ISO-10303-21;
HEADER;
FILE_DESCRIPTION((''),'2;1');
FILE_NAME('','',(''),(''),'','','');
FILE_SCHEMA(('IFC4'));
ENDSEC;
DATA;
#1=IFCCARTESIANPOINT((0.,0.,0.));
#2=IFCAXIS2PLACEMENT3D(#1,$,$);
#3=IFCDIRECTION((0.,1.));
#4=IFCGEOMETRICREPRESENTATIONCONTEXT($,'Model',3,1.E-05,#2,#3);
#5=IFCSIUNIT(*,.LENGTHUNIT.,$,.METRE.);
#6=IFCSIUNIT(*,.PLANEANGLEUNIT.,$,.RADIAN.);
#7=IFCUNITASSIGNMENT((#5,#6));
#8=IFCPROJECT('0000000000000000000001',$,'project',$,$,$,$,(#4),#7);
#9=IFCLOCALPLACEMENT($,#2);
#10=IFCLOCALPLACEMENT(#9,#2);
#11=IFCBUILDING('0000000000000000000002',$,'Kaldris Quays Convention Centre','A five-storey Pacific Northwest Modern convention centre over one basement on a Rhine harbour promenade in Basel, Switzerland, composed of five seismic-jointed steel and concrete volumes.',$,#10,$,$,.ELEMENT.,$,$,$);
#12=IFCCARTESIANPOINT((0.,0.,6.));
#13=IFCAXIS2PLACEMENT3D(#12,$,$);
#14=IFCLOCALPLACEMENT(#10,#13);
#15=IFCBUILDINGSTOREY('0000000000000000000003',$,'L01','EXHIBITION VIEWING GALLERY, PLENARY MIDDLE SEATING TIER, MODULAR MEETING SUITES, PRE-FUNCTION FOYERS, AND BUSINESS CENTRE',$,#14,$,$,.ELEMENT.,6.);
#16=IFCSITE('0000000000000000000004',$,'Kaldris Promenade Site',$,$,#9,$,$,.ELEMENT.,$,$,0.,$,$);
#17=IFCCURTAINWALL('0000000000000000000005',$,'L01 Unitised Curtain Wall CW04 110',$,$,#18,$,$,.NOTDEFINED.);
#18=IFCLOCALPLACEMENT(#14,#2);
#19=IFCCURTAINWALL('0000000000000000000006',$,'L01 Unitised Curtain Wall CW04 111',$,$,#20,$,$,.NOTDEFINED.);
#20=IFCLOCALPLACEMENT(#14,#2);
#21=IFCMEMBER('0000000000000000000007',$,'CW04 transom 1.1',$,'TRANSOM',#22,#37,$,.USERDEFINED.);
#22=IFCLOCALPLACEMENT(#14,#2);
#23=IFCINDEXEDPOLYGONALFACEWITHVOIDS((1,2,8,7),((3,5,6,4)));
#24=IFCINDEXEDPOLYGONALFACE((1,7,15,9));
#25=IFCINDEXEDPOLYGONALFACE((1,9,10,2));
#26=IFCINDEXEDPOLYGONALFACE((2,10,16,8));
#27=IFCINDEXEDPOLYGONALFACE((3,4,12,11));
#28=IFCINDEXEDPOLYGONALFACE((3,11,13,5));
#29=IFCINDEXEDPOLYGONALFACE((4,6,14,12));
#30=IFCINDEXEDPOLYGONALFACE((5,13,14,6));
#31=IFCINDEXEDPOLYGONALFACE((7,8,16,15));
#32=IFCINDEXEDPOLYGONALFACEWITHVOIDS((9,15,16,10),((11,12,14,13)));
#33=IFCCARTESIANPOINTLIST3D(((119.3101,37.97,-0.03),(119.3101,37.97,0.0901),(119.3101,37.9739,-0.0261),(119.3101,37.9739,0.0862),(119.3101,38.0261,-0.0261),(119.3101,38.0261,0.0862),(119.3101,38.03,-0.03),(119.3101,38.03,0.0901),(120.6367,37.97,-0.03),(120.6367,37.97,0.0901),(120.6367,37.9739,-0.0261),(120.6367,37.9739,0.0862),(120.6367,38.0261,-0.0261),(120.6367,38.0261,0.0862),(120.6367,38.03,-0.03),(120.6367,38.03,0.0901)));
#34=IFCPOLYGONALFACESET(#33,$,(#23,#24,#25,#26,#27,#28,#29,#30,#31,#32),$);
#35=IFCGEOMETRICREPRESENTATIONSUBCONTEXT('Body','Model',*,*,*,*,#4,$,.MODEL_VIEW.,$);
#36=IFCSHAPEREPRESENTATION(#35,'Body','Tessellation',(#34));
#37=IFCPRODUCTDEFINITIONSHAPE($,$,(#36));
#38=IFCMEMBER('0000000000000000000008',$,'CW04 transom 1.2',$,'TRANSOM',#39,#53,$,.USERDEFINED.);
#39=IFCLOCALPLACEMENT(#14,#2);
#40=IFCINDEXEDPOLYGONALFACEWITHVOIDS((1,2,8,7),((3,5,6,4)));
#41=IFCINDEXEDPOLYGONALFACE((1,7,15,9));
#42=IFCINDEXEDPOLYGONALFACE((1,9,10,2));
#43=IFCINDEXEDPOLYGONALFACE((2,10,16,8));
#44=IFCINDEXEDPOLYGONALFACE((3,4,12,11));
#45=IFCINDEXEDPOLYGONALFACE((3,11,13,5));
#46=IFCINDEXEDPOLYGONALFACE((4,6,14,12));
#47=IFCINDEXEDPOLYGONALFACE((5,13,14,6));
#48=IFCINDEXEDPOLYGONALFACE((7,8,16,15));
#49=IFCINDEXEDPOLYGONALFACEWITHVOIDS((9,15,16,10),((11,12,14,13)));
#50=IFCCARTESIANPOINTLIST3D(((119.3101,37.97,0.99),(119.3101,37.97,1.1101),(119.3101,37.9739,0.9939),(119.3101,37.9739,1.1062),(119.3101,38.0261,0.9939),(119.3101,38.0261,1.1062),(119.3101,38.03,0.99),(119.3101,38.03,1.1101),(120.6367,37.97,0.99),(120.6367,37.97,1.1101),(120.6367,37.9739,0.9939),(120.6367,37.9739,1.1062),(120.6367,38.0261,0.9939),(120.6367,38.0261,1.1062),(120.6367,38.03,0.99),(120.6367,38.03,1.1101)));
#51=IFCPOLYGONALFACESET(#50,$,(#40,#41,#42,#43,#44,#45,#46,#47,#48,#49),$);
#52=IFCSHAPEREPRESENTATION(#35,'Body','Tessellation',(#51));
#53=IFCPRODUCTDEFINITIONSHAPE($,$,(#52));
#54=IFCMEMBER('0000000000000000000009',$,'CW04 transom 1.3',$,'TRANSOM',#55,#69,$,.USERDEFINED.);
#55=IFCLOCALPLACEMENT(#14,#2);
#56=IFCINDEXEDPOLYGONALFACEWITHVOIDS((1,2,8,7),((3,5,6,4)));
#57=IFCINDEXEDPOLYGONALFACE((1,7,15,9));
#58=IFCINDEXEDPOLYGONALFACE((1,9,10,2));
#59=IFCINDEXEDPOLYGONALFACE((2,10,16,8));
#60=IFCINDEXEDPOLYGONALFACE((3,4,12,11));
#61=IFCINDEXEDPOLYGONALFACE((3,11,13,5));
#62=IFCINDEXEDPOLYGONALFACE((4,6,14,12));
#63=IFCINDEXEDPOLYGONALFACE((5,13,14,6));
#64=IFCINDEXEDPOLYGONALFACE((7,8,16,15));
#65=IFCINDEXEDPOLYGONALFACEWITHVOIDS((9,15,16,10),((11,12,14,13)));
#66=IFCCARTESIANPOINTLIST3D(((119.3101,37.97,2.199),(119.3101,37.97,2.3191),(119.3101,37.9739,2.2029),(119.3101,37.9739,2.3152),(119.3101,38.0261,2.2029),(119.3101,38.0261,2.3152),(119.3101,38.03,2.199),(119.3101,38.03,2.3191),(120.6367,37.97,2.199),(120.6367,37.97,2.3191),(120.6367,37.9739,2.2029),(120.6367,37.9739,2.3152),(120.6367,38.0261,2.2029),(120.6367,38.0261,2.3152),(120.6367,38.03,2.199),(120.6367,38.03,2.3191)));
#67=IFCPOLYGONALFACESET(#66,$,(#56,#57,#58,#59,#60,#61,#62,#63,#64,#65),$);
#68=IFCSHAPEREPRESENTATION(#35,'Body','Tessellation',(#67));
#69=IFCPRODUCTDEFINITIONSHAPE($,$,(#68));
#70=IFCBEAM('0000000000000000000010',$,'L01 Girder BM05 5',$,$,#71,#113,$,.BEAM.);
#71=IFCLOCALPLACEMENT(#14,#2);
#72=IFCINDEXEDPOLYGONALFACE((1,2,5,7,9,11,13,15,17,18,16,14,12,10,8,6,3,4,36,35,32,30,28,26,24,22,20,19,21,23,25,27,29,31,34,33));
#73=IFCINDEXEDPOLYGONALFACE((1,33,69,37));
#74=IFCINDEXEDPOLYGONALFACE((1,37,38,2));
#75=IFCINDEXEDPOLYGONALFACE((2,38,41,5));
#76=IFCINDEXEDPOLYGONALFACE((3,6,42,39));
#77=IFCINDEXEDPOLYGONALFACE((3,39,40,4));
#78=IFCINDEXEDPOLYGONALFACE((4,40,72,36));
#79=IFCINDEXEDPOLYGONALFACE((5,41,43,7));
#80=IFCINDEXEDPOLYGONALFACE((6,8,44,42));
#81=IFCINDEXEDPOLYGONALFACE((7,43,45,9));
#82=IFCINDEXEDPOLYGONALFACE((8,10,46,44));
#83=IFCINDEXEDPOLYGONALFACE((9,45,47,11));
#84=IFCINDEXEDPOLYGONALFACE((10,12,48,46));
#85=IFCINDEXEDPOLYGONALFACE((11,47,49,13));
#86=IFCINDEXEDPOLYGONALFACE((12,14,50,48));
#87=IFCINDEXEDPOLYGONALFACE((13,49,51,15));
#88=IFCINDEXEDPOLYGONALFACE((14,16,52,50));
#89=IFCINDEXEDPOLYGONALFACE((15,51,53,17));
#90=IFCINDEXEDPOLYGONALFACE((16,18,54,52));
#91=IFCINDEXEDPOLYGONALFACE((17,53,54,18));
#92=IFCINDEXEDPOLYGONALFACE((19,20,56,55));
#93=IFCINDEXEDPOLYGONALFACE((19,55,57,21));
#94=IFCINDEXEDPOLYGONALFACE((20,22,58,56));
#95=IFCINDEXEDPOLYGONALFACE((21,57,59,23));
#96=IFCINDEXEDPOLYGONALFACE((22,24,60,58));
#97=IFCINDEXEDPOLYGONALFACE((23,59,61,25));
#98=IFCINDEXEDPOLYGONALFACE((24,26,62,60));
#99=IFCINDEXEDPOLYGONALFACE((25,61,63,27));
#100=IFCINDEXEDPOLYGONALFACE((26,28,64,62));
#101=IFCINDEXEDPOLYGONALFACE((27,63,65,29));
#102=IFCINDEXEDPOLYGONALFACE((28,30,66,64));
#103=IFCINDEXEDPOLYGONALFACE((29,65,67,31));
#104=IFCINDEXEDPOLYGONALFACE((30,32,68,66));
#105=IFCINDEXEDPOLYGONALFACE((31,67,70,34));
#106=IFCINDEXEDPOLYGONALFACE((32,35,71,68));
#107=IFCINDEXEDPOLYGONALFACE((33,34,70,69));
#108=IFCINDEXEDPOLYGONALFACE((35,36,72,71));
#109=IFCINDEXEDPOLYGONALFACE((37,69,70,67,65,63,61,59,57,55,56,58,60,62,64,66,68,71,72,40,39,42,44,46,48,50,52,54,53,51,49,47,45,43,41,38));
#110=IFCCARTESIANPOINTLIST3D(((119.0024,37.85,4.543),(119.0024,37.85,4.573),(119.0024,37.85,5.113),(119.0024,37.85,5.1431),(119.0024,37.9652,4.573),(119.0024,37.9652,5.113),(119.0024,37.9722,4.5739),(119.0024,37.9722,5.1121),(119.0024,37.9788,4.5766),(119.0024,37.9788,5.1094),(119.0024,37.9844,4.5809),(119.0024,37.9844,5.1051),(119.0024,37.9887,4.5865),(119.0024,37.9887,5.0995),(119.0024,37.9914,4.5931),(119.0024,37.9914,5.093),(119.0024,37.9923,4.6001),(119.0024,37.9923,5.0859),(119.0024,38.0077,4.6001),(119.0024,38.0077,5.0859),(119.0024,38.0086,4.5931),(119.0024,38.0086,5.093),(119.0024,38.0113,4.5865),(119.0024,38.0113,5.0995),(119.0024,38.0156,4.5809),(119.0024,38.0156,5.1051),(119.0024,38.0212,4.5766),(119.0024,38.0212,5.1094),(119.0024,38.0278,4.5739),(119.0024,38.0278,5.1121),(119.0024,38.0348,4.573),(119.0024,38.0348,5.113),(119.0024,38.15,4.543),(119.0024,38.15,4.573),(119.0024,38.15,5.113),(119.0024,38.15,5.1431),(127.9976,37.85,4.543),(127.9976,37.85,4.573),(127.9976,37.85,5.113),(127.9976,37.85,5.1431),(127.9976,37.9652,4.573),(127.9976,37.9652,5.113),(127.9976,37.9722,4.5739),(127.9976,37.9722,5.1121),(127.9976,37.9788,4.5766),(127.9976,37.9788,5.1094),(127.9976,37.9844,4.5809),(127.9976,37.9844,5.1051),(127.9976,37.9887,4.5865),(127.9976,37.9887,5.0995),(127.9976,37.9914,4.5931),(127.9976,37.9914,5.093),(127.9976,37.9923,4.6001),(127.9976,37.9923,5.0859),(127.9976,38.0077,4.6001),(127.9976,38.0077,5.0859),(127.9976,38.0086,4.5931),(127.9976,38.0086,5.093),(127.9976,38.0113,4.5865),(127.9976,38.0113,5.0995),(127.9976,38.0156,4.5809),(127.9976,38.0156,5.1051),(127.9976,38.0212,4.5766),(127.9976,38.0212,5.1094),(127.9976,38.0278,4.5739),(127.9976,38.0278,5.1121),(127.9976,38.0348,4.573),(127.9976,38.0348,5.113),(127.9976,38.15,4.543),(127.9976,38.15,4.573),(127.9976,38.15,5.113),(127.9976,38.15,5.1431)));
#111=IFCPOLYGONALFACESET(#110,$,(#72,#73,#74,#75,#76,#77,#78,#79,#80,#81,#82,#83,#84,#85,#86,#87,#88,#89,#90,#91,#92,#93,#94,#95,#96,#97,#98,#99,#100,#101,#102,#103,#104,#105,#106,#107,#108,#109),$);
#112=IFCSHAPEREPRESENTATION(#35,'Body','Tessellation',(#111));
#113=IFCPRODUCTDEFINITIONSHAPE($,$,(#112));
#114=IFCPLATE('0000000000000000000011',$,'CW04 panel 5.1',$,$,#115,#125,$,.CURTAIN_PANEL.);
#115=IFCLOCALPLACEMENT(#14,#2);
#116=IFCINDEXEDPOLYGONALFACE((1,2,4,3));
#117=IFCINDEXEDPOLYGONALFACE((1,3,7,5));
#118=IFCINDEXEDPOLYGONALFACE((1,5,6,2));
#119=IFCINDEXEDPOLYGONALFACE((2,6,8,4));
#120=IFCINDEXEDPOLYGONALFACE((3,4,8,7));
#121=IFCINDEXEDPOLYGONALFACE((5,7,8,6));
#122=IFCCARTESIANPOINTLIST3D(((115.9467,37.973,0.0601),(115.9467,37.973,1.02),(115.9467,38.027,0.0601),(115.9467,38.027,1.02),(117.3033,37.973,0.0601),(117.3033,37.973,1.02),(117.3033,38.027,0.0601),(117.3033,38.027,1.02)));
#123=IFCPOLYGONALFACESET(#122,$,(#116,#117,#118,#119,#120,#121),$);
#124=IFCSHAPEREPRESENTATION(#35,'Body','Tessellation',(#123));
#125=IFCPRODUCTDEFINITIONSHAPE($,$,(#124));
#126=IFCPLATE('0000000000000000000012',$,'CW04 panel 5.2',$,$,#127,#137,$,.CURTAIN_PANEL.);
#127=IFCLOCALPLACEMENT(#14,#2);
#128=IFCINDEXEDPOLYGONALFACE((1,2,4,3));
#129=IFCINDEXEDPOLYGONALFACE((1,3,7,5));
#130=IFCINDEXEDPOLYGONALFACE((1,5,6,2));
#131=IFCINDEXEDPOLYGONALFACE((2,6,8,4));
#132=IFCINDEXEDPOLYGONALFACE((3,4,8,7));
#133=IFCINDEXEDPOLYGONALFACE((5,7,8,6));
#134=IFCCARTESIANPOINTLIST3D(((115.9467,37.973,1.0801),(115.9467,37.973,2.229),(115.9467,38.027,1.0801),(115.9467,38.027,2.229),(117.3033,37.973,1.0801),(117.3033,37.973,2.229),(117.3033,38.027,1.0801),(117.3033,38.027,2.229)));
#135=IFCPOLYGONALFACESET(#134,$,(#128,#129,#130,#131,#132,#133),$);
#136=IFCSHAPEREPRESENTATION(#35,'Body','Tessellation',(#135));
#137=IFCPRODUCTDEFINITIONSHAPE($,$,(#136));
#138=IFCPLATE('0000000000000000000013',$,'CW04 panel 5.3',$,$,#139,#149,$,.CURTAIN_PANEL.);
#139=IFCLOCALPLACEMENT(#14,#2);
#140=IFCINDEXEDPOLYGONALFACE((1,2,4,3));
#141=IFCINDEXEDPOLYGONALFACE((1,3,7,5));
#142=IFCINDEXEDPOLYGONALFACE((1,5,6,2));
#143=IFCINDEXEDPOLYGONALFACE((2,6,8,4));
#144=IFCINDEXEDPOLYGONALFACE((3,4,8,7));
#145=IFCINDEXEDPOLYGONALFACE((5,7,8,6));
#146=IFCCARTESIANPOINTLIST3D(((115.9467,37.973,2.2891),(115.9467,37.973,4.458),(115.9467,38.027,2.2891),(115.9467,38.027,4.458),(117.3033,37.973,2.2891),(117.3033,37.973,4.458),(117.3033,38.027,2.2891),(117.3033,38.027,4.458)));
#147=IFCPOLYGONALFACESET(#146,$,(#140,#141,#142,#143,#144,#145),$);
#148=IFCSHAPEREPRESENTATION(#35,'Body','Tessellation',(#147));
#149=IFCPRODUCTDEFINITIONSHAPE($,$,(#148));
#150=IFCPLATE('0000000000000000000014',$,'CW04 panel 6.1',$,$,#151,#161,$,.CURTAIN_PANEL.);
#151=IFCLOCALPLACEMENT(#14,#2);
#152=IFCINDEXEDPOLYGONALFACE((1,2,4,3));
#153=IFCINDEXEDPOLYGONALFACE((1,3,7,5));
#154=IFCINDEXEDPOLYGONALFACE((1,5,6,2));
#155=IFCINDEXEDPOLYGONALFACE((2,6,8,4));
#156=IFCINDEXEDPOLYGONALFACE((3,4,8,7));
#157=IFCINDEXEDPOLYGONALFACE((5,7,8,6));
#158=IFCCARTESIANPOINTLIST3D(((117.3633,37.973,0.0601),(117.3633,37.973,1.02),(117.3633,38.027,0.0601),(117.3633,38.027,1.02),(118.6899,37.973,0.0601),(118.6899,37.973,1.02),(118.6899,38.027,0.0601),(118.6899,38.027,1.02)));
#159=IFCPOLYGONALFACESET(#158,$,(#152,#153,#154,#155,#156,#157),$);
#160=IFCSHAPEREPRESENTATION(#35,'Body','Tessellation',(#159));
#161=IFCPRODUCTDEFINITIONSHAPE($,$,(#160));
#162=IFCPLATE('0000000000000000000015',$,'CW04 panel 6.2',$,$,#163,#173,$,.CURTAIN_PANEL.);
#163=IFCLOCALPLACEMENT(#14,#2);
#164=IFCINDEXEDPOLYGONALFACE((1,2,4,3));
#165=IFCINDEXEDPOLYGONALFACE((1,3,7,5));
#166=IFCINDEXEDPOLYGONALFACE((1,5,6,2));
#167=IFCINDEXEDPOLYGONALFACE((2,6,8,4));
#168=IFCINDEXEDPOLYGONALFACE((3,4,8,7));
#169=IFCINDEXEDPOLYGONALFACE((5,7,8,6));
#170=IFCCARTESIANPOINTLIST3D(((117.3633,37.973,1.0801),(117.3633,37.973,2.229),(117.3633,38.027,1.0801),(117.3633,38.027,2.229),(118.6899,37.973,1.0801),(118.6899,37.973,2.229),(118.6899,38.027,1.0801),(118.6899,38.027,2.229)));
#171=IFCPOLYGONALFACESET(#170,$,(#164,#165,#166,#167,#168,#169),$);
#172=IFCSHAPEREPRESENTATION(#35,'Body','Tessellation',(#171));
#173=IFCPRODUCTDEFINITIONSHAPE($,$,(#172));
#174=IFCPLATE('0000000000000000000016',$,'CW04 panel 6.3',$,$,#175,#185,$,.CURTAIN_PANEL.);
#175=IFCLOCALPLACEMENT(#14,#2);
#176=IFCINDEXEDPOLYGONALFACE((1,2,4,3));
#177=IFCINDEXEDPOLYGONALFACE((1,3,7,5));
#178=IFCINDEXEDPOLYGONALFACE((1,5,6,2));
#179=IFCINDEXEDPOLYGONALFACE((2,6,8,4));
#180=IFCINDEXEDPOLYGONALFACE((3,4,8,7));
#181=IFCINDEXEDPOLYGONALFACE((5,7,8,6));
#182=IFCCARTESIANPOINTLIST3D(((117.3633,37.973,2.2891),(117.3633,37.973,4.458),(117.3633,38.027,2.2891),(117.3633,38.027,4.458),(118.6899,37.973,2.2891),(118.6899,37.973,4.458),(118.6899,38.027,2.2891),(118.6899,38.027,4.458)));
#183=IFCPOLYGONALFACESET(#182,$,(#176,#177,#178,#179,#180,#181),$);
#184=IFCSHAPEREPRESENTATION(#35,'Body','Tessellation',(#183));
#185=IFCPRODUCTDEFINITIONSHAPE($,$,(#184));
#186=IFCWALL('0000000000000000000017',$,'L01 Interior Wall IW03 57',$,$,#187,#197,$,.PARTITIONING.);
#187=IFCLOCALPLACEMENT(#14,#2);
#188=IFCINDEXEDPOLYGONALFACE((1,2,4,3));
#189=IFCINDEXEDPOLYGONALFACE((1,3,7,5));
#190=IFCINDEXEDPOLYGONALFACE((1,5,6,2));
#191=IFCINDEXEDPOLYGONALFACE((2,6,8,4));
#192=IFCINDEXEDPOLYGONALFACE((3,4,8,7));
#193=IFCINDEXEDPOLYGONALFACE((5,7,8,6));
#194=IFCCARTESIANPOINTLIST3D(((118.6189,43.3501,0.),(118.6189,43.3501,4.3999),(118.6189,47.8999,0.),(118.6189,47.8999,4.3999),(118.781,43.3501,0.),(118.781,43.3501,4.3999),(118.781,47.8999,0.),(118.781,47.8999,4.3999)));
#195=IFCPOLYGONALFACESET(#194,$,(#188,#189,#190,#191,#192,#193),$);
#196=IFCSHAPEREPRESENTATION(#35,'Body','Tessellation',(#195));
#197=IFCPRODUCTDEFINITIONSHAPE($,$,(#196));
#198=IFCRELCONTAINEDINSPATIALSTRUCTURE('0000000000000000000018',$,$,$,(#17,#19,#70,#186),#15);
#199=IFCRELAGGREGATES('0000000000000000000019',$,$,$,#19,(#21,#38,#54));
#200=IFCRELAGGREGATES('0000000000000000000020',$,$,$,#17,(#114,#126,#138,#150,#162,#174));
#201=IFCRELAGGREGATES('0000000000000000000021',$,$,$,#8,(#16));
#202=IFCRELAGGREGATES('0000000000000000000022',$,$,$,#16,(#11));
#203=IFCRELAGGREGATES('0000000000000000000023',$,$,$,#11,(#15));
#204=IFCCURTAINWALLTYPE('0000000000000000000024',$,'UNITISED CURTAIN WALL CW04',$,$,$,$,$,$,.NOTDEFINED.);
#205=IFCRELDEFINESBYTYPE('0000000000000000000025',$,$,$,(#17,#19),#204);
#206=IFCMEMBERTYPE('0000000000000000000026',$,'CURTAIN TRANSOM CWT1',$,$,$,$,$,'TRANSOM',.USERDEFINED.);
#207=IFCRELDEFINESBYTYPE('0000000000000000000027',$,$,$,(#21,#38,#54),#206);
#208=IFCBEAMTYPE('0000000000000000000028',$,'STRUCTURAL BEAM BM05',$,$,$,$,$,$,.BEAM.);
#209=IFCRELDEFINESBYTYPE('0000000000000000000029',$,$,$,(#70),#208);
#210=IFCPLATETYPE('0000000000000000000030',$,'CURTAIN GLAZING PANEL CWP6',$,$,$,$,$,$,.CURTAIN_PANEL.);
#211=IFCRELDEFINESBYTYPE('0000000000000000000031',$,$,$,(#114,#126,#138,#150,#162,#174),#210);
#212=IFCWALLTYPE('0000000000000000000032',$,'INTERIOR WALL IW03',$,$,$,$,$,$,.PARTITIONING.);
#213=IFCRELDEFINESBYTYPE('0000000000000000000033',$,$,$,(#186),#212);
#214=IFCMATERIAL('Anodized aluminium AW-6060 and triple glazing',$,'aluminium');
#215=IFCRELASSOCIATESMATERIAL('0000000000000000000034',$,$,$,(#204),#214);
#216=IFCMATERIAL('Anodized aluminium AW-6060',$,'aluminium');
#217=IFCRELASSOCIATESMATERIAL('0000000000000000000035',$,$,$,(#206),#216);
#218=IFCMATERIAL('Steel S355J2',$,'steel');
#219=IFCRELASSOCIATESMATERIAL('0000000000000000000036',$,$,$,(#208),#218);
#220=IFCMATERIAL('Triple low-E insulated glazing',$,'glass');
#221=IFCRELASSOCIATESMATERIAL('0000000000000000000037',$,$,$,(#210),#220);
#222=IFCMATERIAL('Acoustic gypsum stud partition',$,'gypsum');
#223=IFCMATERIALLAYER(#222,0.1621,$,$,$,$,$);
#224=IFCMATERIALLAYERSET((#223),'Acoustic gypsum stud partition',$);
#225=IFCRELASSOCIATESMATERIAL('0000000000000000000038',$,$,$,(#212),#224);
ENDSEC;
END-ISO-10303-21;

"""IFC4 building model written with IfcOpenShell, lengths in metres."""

from ifc_helpers import new_model, si_unit, direction, frame, frame_2d, origin, origin_2d, place, context, subcontext, project, spatial, rectangle, hollow_rectangle, i_section, extrude, material, layer, layer_set, material_profile, profile_set, type_object, element, aggregate, save


model = new_model("IFC4")

# Units and contexts
model_context = context("Model", 3, precision=1e-05, world=origin(), true_north=direction((0.0, 1.0)))
body_context = subcontext(model_context, "Body", "Model", "MODEL_VIEW")
ifc_project = project(units=[si_unit("LENGTHUNIT", "METRE"), si_unit("PLANEANGLEUNIT", "RADIAN")], contexts=[model_context])

# Site, building, storey
site_placement = place(None, origin())
site = spatial("IfcSite", under=ifc_project, at=site_placement, Name="Kaldris Promenade Site", CompositionType="ELEMENT", RefElevation=0.0)
building_placement = place(site_placement, origin())
building = spatial("IfcBuilding", under=site, at=building_placement, Name="Kaldris Quays Convention Centre", Description="A five-storey Pacific Northwest Modern convention centre over one basement on a Rhine harbour promenade in Basel, Switzerland, composed of five seismic-jointed steel and concrete volumes.", CompositionType="ELEMENT")
storey_placement = place(building_placement, frame((0.0, 0.0, 6.0)))
storey = spatial("IfcBuildingStorey", under=building, at=storey_placement, Name="L01", Description="EXHIBITION VIEWING GALLERY, PLENARY MIDDLE SEATING TIER, MODULAR MEETING SUITES, PRE-FUNCTION FOYERS, AND BUSINESS CENTRE", CompositionType="ELEMENT", Elevation=6.0)

# Shared definitions
ifc_material_1 = material(Name="Steel S355J2", Category="steel")

# Curtain wall
ifc_material_2 = material(Name="Anodized aluminium AW-6060 and triple glazing", Category="aluminium")
curtain_wall_type = type_object("IfcCurtainWallType", Name="UNITISED CURTAIN WALL CW04", PredefinedType="NOTDEFINED", material=ifc_material_2)
curtain_wall_1_placement = place(storey_placement, origin())
curtain_wall_1 = element("IfcCurtainWall", 1, at=curtain_wall_1_placement, inside=storey, type_object=curtain_wall_type, Name="L01 Unitised Curtain Wall CW04 110", PredefinedType="NOTDEFINED")
ifc_material_3 = material(Name="Anodized aluminium AW-6060", Category="aluminium")

# Curtain wall
curtain_wall_2_placement = place(storey_placement, origin())
curtain_wall_2 = element("IfcCurtainWall", 2, at=curtain_wall_2_placement, inside=storey, type_object=curtain_wall_type, Name="L01 Unitised Curtain Wall CW04 111", PredefinedType="NOTDEFINED")

# Members
ifc_material_profile_1 = material_profile(ifc_material_3, hollow_rectangle(XDim=0.0601, YDim=0.1201, WallThickness=0.0039, at=origin_2d()), Name="RHS 120x60x4")
ifc_profile_set_1 = profile_set([ifc_material_profile_1], Name="Anodized aluminium AW-6060")
member_type_1 = type_object("IfcMemberType", Name="CURTAIN TRANSOM CWT1", ElementType="TRANSOM", PredefinedType="USERDEFINED", material=ifc_profile_set_1)
member_1_placement = place(storey_placement, frame((119.3101, 38.0, 0.03), z_axis=(1.0, 0.0, 0.0), x_axis=(0.0, 1.0, 0.0)))
member_1 = element("IfcMember", 3, at=member_1_placement, type_object=member_type_1, Name="CW04 transom 1.1", ObjectType="TRANSOM", PredefinedType="USERDEFINED", context=body_context, shape_type="SweptSolid", body=[
    extrude(hollow_rectangle(XDim=0.0601, YDim=0.1201, WallThickness=0.0039, at=origin_2d()), origin(), (0.0, 0.0, 1.0), 1.3267),
])
member_2_placement = place(storey_placement, frame((119.3101, 38.0, 1.05), z_axis=(1.0, 0.0, 0.0), x_axis=(0.0, 1.0, 0.0)))
member_2 = element("IfcMember", 4, at=member_2_placement, type_object=member_type_1, Name="CW04 transom 1.2", ObjectType="TRANSOM", PredefinedType="USERDEFINED", context=body_context, shape_type="SweptSolid", body=[
    extrude(hollow_rectangle(XDim=0.0601, YDim=0.1201, WallThickness=0.0039, at=origin_2d()), origin(), (0.0, 0.0, 1.0), 1.3267),
])
member_3_placement = place(storey_placement, frame((119.3101, 38.0, 2.259), z_axis=(1.0, 0.0, 0.0), x_axis=(0.0, 1.0, 0.0)))
member_3 = element("IfcMember", 5, at=member_3_placement, type_object=member_type_1, Name="CW04 transom 1.3", ObjectType="TRANSOM", PredefinedType="USERDEFINED", context=body_context, shape_type="SweptSolid", body=[
    extrude(hollow_rectangle(XDim=0.0601, YDim=0.1201, WallThickness=0.0039, at=origin_2d()), origin(), (0.0, 0.0, 1.0), 1.3267),
])
aggregate(curtain_wall_2, [member_1, member_2, member_3])

# Beam
ifc_material_profile_2 = material_profile(ifc_material_1, i_section(OverallWidth=0.3, OverallDepth=0.6001, WebThickness=0.0154, FlangeThickness=0.03, FilletRadius=0.0271, at=origin_2d()), Name="HEB 600")
ifc_profile_set_2 = profile_set([ifc_material_profile_2], Name="Steel S355J2")
beam_type = type_object("IfcBeamType", Name="STRUCTURAL BEAM BM05", PredefinedType="BEAM", material=ifc_profile_set_2)
beam_placement = place(storey_placement, frame((119.0024, 38.0, 4.843), z_axis=(1.0, 0.0, 0.0), x_axis=(0.0, 1.0, 0.0)))
element("IfcBeam", 6, at=beam_placement, inside=storey, type_object=beam_type, Name="L01 Girder BM05 5", PredefinedType="BEAM", context=body_context, shape_type="SweptSolid", body=[
    extrude(i_section(OverallWidth=0.3, OverallDepth=0.6001, WebThickness=0.0154, FlangeThickness=0.03, FilletRadius=0.0271, at=origin_2d()), origin(), (0.0, 0.0, 1.0), 8.9951),
])

# Plates
ifc_material_4 = material(Name="Triple low-E insulated glazing", Category="glass")
plate_type = type_object("IfcPlateType", Name="CURTAIN GLAZING PANEL CWP6", PredefinedType="CURTAIN_PANEL", material=ifc_material_4)
plate_1_placement = place(storey_placement, frame((116.625, 38.0, 0.0601), z_axis=(0.0, 0.0, 1.0), x_axis=(1.0, 0.0, 0.0)))
plate_1 = element("IfcPlate", 7, at=plate_1_placement, type_object=plate_type, Name="CW04 panel 5.1", PredefinedType="CURTAIN_PANEL", context=body_context, shape_type="SweptSolid", body=[
    extrude(rectangle(XDim=1.3567, YDim=0.054, at=origin_2d()), origin(), (0.0, 0.0, 1.0), 0.96),
])
plate_2_placement = place(storey_placement, frame((116.625, 38.0, 1.0801), z_axis=(0.0, 0.0, 1.0), x_axis=(1.0, 0.0, 0.0)))
plate_2 = element("IfcPlate", 8, at=plate_2_placement, type_object=plate_type, Name="CW04 panel 5.2", PredefinedType="CURTAIN_PANEL", context=body_context, shape_type="SweptSolid", body=[
    extrude(rectangle(XDim=1.3567, YDim=0.054, at=origin_2d()), origin(), (0.0, 0.0, 1.0), 1.1489),
])
plate_3_placement = place(storey_placement, frame((116.625, 38.0, 2.2891), z_axis=(0.0, 0.0, 1.0), x_axis=(1.0, 0.0, 0.0)))
plate_3 = element("IfcPlate", 9, at=plate_3_placement, type_object=plate_type, Name="CW04 panel 5.3", PredefinedType="CURTAIN_PANEL", context=body_context, shape_type="SweptSolid", body=[
    extrude(rectangle(XDim=1.3567, YDim=0.054, at=origin_2d()), origin(), (0.0, 0.0, 1.0), 2.1689),
])
plate_4_placement = place(storey_placement, frame((118.0266, 38.0, 0.0601), z_axis=(0.0, 0.0, 1.0), x_axis=(1.0, 0.0, 0.0)))
plate_4 = element("IfcPlate", 10, at=plate_4_placement, type_object=plate_type, Name="CW04 panel 6.1", PredefinedType="CURTAIN_PANEL", context=body_context, shape_type="SweptSolid", body=[
    extrude(rectangle(XDim=1.3267, YDim=0.054, at=origin_2d()), origin(), (0.0, 0.0, 1.0), 0.96),
])
plate_5_placement = place(storey_placement, frame((118.0266, 38.0, 1.0801), z_axis=(0.0, 0.0, 1.0), x_axis=(1.0, 0.0, 0.0)))
plate_5 = element("IfcPlate", 11, at=plate_5_placement, type_object=plate_type, Name="CW04 panel 6.2", PredefinedType="CURTAIN_PANEL", context=body_context, shape_type="SweptSolid", body=[
    extrude(rectangle(XDim=1.3267, YDim=0.054, at=origin_2d()), origin(), (0.0, 0.0, 1.0), 1.1489),
])
plate_6_placement = place(storey_placement, frame((118.0266, 38.0, 2.2891), z_axis=(0.0, 0.0, 1.0), x_axis=(1.0, 0.0, 0.0)))
plate_6 = element("IfcPlate", 12, at=plate_6_placement, type_object=plate_type, Name="CW04 panel 6.3", PredefinedType="CURTAIN_PANEL", context=body_context, shape_type="SweptSolid", body=[
    extrude(rectangle(XDim=1.3267, YDim=0.054, at=origin_2d()), origin(), (0.0, 0.0, 1.0), 2.1689),
])
aggregate(curtain_wall_1, [plate_1, plate_2, plate_3, plate_4, plate_5, plate_6])

# Wall
ifc_material_5 = material(Name="Acoustic gypsum stud partition", Category="gypsum")
ifc_layer_1 = layer(ifc_material_5, 0.1621)
ifc_layer_set_1 = layer_set([ifc_layer_1], Name="Acoustic gypsum stud partition")
wall_type_1 = type_object("IfcWallType", Name="INTERIOR WALL IW03", PredefinedType="PARTITIONING", material=ifc_layer_set_1)
wall_1_placement = place(storey_placement, frame((118.7, 43.3501, 0.0), z_axis=(0.0, 0.0, 1.0), x_axis=(0.0, 1.0, 0.0)))
element("IfcWall", 13, at=wall_1_placement, inside=storey, type_object=wall_type_1, Name="L01 Interior Wall IW03 57", PredefinedType="PARTITIONING", context=body_context, shape_type="SweptSolid", body=[
    extrude(rectangle(XDim=4.5498, YDim=0.1621, at=frame_2d((2.2749, 0.0))), origin(), (0.0, 0.0, 1.0), 4.3999),
])

save(model, "model.ifc")
